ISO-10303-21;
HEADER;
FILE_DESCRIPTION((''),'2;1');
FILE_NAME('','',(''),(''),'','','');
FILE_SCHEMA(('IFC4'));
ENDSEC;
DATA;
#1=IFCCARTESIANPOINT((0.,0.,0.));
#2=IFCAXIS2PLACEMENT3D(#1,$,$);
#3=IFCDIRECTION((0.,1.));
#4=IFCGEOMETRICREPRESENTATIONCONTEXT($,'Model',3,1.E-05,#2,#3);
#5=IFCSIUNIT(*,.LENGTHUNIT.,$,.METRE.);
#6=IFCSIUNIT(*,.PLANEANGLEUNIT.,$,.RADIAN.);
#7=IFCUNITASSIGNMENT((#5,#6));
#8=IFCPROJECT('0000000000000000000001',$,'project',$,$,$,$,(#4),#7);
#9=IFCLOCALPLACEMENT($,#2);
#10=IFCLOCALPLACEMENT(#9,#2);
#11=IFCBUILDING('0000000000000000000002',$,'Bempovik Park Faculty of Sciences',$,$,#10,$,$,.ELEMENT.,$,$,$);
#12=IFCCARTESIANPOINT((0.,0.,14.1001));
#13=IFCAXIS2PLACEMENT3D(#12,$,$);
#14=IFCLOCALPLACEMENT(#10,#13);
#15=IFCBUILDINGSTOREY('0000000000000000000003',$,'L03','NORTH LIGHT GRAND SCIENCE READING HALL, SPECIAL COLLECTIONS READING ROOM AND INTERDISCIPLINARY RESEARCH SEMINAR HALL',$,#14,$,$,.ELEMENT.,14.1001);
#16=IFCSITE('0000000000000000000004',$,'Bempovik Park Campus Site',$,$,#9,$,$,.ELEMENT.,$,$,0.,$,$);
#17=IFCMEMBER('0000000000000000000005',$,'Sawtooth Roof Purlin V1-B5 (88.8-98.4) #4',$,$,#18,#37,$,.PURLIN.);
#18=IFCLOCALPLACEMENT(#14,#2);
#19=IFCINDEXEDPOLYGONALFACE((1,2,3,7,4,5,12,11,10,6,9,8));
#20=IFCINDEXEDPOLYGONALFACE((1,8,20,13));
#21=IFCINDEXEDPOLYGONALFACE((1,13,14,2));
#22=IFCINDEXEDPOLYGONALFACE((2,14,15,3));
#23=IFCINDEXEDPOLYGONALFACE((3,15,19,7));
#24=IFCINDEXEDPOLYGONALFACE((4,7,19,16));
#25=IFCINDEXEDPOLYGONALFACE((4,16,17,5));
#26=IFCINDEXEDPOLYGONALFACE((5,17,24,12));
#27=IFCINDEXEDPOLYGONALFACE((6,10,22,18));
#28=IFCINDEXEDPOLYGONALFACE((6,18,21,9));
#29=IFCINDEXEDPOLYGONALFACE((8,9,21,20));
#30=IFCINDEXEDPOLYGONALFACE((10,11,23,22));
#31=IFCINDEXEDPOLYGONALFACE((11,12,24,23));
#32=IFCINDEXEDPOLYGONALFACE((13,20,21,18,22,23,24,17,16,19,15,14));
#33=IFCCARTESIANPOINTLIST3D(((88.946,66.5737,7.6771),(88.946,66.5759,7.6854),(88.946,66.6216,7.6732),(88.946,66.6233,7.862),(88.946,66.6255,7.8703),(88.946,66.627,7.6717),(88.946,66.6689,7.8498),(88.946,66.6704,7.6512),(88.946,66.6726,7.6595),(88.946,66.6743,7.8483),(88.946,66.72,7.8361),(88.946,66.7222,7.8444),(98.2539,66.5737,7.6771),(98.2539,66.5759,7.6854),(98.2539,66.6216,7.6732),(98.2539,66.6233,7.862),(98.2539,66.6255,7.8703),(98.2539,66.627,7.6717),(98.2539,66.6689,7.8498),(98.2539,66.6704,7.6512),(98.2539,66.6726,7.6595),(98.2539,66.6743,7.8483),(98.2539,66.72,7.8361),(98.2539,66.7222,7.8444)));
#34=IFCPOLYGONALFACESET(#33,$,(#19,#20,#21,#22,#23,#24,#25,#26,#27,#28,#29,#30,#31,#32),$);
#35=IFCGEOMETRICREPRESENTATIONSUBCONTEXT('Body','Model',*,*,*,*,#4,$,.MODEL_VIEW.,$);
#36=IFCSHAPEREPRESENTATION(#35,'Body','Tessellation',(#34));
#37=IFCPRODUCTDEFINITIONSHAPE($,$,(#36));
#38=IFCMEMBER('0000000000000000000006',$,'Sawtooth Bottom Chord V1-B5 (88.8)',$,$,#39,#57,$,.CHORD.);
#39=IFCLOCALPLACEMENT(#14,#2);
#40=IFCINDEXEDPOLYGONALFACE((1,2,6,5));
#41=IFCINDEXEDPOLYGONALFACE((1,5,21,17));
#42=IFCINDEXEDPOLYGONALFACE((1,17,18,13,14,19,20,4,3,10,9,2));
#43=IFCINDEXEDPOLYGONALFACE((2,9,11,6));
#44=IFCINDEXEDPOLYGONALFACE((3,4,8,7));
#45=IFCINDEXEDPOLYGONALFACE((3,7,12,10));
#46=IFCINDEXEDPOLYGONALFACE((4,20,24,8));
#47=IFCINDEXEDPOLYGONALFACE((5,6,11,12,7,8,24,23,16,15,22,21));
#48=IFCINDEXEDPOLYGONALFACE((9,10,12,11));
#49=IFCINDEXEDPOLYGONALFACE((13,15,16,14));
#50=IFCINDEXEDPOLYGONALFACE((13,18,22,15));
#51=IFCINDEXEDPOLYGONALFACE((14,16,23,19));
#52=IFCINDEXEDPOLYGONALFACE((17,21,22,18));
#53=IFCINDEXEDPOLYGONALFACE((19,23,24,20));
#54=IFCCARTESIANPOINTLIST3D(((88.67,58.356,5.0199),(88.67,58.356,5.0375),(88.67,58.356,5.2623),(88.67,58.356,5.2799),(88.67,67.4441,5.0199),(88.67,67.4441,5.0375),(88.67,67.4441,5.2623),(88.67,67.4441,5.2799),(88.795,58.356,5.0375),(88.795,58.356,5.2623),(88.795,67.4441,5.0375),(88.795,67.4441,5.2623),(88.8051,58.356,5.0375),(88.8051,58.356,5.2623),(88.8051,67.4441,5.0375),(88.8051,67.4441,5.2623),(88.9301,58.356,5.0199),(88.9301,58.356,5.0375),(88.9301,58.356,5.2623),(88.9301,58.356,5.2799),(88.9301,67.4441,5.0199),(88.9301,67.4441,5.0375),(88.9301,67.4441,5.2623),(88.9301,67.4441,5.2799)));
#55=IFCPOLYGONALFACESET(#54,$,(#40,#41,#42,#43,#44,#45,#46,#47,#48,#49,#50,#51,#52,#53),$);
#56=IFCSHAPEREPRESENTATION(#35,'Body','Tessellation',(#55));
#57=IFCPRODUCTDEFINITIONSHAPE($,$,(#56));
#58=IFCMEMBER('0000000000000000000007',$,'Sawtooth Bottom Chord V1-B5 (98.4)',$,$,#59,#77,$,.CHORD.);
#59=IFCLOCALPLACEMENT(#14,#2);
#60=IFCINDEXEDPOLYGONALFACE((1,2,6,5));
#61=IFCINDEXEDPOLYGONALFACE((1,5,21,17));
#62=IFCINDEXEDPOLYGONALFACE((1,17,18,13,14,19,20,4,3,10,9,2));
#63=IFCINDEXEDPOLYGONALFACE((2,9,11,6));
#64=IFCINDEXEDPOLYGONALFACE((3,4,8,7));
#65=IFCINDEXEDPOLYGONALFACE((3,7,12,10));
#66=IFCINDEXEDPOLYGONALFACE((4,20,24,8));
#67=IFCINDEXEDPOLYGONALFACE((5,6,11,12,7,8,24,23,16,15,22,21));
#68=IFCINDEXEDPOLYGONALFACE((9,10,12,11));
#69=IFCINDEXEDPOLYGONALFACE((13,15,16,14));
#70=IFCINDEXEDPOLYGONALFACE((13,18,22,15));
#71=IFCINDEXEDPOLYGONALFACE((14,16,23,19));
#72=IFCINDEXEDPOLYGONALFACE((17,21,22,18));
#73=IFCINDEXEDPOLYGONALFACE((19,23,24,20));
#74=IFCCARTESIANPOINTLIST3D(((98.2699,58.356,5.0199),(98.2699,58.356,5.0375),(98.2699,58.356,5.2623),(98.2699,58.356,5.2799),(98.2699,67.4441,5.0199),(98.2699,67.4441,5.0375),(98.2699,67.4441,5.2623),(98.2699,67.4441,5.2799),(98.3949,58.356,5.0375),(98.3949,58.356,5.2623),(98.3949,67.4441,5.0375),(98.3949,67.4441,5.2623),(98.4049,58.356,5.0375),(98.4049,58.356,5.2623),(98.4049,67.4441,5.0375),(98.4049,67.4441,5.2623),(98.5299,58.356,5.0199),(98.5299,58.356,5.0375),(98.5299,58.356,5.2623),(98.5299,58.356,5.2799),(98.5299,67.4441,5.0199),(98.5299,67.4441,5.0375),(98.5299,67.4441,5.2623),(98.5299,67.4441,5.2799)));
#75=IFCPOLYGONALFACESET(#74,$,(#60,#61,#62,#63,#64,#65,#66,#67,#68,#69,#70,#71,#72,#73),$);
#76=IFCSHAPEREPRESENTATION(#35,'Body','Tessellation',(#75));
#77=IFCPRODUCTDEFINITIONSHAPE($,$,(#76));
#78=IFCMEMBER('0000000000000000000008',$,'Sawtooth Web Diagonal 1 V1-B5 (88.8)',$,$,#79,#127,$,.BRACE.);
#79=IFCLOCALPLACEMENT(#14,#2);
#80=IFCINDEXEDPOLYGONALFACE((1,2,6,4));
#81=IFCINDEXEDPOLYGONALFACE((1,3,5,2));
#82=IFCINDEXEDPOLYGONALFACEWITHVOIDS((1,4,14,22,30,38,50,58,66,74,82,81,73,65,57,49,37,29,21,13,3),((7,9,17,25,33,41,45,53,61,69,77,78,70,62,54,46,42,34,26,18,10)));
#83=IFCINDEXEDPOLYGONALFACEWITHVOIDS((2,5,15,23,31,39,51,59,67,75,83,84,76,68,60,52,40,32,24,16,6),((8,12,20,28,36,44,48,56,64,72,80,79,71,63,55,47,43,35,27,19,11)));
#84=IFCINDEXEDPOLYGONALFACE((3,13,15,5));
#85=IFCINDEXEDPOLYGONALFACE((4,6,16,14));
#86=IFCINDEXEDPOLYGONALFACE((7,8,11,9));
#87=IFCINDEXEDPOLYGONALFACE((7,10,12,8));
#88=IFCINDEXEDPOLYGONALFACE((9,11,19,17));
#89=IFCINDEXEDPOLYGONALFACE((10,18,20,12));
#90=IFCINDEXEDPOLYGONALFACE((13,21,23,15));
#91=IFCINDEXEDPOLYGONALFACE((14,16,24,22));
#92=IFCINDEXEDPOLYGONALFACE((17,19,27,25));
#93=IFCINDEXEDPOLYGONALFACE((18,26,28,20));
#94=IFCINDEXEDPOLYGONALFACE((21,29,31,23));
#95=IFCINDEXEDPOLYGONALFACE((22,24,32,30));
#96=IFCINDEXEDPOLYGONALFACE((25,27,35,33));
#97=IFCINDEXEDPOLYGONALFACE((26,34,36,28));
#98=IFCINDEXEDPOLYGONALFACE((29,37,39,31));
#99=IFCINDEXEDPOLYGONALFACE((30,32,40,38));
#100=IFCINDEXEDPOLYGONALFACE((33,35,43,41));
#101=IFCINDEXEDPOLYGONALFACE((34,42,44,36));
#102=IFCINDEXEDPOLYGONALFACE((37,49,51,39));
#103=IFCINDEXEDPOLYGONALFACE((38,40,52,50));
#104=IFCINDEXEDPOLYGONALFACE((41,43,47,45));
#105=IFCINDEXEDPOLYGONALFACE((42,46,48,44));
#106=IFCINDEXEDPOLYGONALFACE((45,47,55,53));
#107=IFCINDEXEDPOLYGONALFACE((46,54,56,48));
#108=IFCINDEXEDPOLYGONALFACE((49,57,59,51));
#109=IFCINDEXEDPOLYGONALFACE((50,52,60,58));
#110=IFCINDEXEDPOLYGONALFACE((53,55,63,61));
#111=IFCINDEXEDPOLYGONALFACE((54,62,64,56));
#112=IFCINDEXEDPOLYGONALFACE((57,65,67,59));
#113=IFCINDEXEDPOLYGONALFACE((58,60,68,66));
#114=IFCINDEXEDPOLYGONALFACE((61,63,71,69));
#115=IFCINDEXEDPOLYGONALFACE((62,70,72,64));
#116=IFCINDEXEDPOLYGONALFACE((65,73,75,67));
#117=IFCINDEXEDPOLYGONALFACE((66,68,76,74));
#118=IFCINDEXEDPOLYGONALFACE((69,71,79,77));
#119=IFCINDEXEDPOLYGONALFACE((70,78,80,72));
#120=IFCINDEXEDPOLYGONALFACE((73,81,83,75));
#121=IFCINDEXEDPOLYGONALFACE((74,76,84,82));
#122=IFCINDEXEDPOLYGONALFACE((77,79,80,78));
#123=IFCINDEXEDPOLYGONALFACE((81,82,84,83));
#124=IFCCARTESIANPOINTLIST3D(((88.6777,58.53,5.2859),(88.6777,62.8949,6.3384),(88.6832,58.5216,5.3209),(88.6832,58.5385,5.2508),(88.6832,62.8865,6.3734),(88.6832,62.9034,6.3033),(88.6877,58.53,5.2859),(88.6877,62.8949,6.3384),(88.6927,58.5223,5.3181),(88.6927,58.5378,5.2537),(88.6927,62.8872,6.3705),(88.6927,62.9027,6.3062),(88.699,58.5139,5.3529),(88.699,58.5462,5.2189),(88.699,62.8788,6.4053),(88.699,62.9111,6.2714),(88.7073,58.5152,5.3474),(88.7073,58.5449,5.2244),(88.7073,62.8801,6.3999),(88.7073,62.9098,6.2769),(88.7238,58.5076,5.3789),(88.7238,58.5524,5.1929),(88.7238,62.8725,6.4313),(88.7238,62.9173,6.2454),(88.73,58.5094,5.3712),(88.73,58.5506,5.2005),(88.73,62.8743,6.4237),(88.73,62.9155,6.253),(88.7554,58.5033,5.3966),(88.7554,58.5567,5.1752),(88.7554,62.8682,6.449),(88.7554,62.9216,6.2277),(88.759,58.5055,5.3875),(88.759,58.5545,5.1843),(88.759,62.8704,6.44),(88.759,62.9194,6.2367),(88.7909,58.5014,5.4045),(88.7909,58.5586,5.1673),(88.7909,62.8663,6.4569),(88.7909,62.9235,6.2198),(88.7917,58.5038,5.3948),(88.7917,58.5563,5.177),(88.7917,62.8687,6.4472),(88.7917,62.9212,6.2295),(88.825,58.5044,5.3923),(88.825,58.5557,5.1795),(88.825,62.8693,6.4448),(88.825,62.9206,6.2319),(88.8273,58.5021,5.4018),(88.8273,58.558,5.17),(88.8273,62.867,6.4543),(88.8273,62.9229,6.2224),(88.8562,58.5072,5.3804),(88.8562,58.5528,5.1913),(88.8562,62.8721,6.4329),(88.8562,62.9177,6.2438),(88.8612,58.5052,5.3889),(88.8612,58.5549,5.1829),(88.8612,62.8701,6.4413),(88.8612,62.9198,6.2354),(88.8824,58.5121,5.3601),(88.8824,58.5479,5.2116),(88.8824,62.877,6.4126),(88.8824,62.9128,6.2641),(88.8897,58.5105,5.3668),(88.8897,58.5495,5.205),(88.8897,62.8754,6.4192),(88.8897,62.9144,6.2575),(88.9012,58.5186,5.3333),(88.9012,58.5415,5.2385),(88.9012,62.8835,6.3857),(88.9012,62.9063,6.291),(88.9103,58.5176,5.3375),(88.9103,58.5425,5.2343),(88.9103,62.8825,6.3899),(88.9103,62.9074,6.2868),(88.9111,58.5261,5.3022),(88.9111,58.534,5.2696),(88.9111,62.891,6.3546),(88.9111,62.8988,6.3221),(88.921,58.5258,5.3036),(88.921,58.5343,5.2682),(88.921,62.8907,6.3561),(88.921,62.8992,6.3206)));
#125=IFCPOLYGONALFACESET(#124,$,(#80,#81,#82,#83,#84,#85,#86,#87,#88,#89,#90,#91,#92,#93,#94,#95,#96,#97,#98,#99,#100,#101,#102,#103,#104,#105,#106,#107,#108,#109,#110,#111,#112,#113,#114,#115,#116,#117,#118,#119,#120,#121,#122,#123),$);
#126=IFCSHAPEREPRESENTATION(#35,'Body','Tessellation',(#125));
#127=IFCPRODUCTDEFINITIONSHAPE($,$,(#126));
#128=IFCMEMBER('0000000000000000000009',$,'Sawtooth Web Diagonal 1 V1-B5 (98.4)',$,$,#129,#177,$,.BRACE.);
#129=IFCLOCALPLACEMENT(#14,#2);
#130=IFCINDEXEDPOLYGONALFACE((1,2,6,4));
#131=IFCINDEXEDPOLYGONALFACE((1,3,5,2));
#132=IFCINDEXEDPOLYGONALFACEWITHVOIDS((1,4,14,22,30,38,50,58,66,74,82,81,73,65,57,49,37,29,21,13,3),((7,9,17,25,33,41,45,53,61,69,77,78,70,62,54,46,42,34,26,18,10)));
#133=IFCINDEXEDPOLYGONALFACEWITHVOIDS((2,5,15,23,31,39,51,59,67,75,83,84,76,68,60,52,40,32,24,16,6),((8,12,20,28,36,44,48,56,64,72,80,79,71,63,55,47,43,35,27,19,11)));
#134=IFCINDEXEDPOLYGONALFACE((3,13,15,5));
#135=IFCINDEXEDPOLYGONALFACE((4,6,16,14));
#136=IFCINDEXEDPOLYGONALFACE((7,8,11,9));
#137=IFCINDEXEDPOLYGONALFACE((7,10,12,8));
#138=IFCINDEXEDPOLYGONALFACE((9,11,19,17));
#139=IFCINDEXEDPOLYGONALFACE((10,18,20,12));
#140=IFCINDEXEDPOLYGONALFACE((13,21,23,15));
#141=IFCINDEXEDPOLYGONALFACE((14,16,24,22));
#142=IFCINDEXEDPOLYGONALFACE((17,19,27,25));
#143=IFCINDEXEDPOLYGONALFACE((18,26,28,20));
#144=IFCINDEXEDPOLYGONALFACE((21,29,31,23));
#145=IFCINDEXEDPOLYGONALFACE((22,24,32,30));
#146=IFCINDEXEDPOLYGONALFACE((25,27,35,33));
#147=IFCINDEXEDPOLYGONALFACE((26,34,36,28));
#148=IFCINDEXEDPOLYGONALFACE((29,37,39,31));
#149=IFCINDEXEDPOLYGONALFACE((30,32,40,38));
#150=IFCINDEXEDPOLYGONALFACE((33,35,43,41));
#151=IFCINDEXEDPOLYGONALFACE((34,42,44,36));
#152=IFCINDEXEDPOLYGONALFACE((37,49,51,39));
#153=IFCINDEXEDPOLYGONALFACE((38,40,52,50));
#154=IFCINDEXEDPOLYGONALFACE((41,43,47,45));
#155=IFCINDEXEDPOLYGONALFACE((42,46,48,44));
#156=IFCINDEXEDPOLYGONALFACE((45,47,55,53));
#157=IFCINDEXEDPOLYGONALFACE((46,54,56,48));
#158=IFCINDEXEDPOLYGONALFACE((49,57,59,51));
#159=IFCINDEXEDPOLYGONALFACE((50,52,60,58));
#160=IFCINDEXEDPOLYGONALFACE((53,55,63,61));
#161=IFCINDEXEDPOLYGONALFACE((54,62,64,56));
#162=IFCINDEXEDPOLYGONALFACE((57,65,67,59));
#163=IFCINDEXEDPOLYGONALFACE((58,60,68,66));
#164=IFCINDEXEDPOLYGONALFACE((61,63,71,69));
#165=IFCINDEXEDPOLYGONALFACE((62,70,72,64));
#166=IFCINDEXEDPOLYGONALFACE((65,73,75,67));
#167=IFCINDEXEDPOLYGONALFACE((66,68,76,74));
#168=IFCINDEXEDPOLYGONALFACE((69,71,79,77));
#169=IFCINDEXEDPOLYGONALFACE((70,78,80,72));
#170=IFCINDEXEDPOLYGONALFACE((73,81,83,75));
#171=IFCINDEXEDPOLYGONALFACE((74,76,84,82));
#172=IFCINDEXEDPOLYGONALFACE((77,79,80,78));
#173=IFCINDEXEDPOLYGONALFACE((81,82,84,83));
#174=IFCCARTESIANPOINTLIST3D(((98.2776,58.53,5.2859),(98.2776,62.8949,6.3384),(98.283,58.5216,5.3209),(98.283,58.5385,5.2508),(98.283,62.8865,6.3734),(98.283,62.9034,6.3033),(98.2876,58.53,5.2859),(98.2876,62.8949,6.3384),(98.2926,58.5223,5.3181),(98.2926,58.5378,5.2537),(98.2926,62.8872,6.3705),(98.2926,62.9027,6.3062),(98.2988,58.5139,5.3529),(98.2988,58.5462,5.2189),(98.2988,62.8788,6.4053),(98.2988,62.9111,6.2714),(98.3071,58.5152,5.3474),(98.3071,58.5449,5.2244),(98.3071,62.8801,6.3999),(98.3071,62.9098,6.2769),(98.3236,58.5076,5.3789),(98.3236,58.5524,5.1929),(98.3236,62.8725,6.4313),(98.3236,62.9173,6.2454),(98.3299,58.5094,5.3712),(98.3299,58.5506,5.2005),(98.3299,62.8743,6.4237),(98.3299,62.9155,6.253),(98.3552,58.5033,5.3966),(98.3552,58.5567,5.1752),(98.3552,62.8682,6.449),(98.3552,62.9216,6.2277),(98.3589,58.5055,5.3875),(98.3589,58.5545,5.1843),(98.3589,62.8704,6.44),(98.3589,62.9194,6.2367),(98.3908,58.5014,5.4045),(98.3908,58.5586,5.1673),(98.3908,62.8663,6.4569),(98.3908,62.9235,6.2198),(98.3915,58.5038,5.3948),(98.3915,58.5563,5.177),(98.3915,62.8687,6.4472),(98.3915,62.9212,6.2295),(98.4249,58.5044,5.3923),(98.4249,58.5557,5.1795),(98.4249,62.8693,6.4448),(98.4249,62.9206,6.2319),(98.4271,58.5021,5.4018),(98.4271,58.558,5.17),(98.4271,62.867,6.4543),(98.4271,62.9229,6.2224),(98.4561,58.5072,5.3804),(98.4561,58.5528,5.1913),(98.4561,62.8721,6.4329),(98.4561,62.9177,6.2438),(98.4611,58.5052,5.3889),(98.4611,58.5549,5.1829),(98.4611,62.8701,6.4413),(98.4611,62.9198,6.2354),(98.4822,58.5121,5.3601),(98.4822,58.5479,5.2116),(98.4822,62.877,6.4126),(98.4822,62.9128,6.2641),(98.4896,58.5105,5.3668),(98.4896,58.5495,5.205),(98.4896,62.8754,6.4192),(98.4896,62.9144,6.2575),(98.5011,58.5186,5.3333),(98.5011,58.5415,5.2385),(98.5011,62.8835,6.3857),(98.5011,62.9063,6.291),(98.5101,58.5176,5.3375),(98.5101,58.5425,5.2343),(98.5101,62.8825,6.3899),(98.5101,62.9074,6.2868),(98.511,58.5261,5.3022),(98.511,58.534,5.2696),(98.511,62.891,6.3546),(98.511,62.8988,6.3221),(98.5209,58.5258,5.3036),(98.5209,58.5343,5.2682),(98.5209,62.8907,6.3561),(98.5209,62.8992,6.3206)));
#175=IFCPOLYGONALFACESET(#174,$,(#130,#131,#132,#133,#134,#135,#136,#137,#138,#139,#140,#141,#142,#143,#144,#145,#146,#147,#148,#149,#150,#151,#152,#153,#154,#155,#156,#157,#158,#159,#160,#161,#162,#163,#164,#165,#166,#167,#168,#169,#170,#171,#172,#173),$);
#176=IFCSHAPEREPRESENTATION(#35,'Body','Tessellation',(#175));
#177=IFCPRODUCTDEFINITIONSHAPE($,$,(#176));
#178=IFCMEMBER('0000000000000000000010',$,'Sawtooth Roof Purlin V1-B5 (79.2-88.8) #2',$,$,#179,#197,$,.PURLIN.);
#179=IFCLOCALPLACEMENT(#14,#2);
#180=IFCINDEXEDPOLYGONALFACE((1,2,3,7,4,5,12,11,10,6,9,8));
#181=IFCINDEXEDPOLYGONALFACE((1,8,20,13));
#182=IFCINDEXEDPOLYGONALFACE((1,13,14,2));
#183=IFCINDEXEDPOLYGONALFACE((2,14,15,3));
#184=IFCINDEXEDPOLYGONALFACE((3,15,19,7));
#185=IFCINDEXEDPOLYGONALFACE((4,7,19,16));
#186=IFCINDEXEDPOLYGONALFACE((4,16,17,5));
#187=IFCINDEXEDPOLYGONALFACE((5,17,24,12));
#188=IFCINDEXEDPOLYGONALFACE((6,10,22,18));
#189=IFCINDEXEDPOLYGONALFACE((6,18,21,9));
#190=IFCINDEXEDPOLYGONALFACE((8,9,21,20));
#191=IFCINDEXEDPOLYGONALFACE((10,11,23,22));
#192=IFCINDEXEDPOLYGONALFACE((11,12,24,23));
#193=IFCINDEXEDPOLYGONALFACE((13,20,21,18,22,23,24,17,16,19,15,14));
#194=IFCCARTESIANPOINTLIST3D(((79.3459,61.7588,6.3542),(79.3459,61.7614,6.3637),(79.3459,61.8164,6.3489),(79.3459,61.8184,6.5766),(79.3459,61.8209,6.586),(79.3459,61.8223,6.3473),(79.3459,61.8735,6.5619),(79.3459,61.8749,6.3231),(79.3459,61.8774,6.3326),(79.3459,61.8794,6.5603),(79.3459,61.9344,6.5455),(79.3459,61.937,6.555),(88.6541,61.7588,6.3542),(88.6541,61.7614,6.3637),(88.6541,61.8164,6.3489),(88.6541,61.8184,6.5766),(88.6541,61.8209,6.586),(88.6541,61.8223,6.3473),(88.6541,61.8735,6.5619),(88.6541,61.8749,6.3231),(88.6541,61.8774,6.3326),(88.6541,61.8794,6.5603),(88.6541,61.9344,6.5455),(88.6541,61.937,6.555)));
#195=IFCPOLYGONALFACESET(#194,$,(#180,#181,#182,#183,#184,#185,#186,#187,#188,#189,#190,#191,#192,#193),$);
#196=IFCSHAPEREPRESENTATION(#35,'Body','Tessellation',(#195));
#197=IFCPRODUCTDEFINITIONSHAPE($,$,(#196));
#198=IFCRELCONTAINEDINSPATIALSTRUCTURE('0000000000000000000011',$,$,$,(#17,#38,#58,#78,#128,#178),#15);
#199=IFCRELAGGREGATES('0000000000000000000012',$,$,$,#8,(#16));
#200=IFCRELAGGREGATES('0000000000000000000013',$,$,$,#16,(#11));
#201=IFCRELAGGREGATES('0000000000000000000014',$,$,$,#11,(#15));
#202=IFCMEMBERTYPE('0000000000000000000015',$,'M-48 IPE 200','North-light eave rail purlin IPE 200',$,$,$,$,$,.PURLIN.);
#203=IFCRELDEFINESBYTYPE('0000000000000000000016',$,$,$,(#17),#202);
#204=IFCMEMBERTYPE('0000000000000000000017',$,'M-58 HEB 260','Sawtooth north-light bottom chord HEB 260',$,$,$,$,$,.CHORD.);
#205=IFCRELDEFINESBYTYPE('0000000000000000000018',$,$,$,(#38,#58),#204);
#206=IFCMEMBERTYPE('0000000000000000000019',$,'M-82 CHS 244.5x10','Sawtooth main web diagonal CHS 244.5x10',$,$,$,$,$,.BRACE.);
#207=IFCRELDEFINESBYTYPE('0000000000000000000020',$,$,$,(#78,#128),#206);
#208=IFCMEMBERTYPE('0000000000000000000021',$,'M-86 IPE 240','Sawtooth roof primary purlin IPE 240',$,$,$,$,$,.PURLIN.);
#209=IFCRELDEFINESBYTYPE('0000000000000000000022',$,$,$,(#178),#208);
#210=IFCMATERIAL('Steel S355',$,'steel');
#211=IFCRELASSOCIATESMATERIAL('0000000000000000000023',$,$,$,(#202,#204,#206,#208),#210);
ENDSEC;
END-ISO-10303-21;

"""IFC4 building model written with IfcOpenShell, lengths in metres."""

from ifc_helpers import new_model, si_unit, direction, frame, origin, origin_2d, place, context, subcontext, project, spatial, hollow_circle, i_section, extrude, material, material_profile, profile_set, type_object, element, save


model = new_model("IFC4")

# Units and contexts
model_context = context("Model", 3, precision=1e-05, world=origin(), true_north=direction((0.0, 1.0)))
body_context = subcontext(model_context, "Body", "Model", "MODEL_VIEW")
ifc_project = project(units=[si_unit("LENGTHUNIT", "METRE"), si_unit("PLANEANGLEUNIT", "RADIAN")], contexts=[model_context])

# Site, building, storey
site_placement = place(None, origin())
site = spatial("IfcSite", under=ifc_project, at=site_placement, Name="Bempovik Park Campus Site", CompositionType="ELEMENT", RefElevation=0.0)
building_placement = place(site_placement, origin())
building = spatial("IfcBuilding", under=site, at=building_placement, Name="Bempovik Park Faculty of Sciences", CompositionType="ELEMENT")
storey_placement = place(building_placement, frame((0.0, 0.0, 14.1001)))
storey = spatial("IfcBuildingStorey", under=building, at=storey_placement, Name="L03", Description="NORTH LIGHT GRAND SCIENCE READING HALL, SPECIAL COLLECTIONS READING ROOM AND INTERDISCIPLINARY RESEARCH SEMINAR HALL", CompositionType="ELEMENT", Elevation=14.1001)

# Shared definitions
ifc_material_1 = material(Name="Steel S355", Category="steel")

# Members
ifc_material_profile_1 = material_profile(ifc_material_1, i_section(OverallWidth=0.1001, OverallDepth=0.2, WebThickness=0.0056, FlangeThickness=0.0085, at=origin_2d()), Name="IPE 200")
ifc_profile_set_1 = profile_set([ifc_material_profile_1], Name="Steel S355")
member_type_1 = type_object("IfcMemberType", Name="M-48 IPE 200", Description="North-light eave rail purlin IPE 200", PredefinedType="PURLIN", material=ifc_profile_set_1)
member_1_placement = place(storey_placement, frame((88.946, 66.6479, 7.7607), z_axis=(1.0, 0.0, 0.0), x_axis=(0.0, 0.965926, -0.258819)))
element("IfcMember", 1, at=member_1_placement, inside=storey, type_object=member_type_1, Name="Sawtooth Roof Purlin V1-B5 (88.8-98.4) #4", PredefinedType="PURLIN", context=body_context, shape_type="SweptSolid", body=[
    extrude(i_section(OverallWidth=0.1001, OverallDepth=0.2, WebThickness=0.0056, FlangeThickness=0.0085, at=origin_2d()), origin(), (0.0, 0.0, 1.0), 9.3079),
])
ifc_material_profile_2 = material_profile(ifc_material_1, i_section(OverallWidth=0.26, OverallDepth=0.26, WebThickness=0.01, FlangeThickness=0.0176, at=origin_2d()), Name="HEB 260")
ifc_profile_set_2 = profile_set([ifc_material_profile_2], Name="Steel S355")
member_type_2 = type_object("IfcMemberType", Name="M-58 HEB 260", Description="Sawtooth north-light bottom chord HEB 260", PredefinedType="CHORD", material=ifc_profile_set_2)
for number, where, z_axis, x_axis, name in (
    (2, (88.8, 58.356, 5.1499), (0.0, 1.0, 0.0), (-1.0, 0.0, 0.0), "Sawtooth Bottom Chord V1-B5 (88.8)"),
    (3, (98.3999, 58.356, 5.1499), (0.0, 1.0, 0.0), (-1.0, 0.0, 0.0), "Sawtooth Bottom Chord V1-B5 (98.4)"),
):
    element("IfcMember", number, at=place(storey_placement, frame(where, z_axis=z_axis, x_axis=x_axis)), inside=storey, type_object=member_type_2, Name=name, PredefinedType="CHORD", context=body_context, shape_type="SweptSolid", body=[
        extrude(i_section(OverallWidth=0.26, OverallDepth=0.26, WebThickness=0.01, FlangeThickness=0.0176, at=origin_2d()), origin(), (0.0, 0.0, 1.0), 9.0881),
    ])
ifc_material_profile_3 = material_profile(ifc_material_1, hollow_circle(Radius=0.1223, WallThickness=0.01, at=origin_2d()), Name="CHS 244.5x10")
ifc_profile_set_3 = profile_set([ifc_material_profile_3], Name="Steel S355")
member_type_3 = type_object("IfcMemberType", Name="M-82 CHS 244.5x10", Description="Sawtooth main web diagonal CHS 244.5x10", PredefinedType="BRACE", material=ifc_profile_set_3)
for number, where, z_axis, x_axis, name in (
    (4, (88.8, 58.53, 5.2859), (0.0, 0.972139, 0.234403), (-1.0, 0.0, 0.0), "Sawtooth Web Diagonal 1 V1-B5 (88.8)"),
    (5, (98.3999, 58.53, 5.2859), (0.0, 0.972139, 0.234403), (-1.0, 0.0, 0.0), "Sawtooth Web Diagonal 1 V1-B5 (98.4)"),
):
    element("IfcMember", number, at=place(storey_placement, frame(where, z_axis=z_axis, x_axis=x_axis)), inside=storey, type_object=member_type_3, Name=name, PredefinedType="BRACE", context=body_context, shape_type="SweptSolid", body=[
        extrude(hollow_circle(Radius=0.1223, WallThickness=0.01, at=origin_2d()), origin(), (0.0, 0.0, 1.0), 4.49),
    ])
ifc_material_profile_4 = material_profile(ifc_material_1, i_section(OverallWidth=0.1201, OverallDepth=0.24, WebThickness=0.0061, FlangeThickness=0.0098, at=origin_2d()), Name="IPE 240")
ifc_profile_set_4 = profile_set([ifc_material_profile_4], Name="Steel S355")
member_type_4 = type_object("IfcMemberType", Name="M-86 IPE 240", Description="Sawtooth roof primary purlin IPE 240", PredefinedType="PURLIN", material=ifc_profile_set_4)
for number, where, z_axis, x_axis, name in (
    (6, (79.3459, 61.8479, 6.4546), (1.0, 0.0, 0.0), (0.0, 0.965926, -0.258819), "Sawtooth Roof Purlin V1-B5 (79.2-88.8) #2"),
):
    element("IfcMember", number, at=place(storey_placement, frame(where, z_axis=z_axis, x_axis=x_axis)), inside=storey, type_object=member_type_4, Name=name, PredefinedType="PURLIN", context=body_context, shape_type="SweptSolid", body=[
        extrude(i_section(OverallWidth=0.1201, OverallDepth=0.24, WebThickness=0.0061, FlangeThickness=0.0098, at=origin_2d()), origin(), (0.0, 0.0, 1.0), 9.3081),
    ])

save(model, "model.ifc")
